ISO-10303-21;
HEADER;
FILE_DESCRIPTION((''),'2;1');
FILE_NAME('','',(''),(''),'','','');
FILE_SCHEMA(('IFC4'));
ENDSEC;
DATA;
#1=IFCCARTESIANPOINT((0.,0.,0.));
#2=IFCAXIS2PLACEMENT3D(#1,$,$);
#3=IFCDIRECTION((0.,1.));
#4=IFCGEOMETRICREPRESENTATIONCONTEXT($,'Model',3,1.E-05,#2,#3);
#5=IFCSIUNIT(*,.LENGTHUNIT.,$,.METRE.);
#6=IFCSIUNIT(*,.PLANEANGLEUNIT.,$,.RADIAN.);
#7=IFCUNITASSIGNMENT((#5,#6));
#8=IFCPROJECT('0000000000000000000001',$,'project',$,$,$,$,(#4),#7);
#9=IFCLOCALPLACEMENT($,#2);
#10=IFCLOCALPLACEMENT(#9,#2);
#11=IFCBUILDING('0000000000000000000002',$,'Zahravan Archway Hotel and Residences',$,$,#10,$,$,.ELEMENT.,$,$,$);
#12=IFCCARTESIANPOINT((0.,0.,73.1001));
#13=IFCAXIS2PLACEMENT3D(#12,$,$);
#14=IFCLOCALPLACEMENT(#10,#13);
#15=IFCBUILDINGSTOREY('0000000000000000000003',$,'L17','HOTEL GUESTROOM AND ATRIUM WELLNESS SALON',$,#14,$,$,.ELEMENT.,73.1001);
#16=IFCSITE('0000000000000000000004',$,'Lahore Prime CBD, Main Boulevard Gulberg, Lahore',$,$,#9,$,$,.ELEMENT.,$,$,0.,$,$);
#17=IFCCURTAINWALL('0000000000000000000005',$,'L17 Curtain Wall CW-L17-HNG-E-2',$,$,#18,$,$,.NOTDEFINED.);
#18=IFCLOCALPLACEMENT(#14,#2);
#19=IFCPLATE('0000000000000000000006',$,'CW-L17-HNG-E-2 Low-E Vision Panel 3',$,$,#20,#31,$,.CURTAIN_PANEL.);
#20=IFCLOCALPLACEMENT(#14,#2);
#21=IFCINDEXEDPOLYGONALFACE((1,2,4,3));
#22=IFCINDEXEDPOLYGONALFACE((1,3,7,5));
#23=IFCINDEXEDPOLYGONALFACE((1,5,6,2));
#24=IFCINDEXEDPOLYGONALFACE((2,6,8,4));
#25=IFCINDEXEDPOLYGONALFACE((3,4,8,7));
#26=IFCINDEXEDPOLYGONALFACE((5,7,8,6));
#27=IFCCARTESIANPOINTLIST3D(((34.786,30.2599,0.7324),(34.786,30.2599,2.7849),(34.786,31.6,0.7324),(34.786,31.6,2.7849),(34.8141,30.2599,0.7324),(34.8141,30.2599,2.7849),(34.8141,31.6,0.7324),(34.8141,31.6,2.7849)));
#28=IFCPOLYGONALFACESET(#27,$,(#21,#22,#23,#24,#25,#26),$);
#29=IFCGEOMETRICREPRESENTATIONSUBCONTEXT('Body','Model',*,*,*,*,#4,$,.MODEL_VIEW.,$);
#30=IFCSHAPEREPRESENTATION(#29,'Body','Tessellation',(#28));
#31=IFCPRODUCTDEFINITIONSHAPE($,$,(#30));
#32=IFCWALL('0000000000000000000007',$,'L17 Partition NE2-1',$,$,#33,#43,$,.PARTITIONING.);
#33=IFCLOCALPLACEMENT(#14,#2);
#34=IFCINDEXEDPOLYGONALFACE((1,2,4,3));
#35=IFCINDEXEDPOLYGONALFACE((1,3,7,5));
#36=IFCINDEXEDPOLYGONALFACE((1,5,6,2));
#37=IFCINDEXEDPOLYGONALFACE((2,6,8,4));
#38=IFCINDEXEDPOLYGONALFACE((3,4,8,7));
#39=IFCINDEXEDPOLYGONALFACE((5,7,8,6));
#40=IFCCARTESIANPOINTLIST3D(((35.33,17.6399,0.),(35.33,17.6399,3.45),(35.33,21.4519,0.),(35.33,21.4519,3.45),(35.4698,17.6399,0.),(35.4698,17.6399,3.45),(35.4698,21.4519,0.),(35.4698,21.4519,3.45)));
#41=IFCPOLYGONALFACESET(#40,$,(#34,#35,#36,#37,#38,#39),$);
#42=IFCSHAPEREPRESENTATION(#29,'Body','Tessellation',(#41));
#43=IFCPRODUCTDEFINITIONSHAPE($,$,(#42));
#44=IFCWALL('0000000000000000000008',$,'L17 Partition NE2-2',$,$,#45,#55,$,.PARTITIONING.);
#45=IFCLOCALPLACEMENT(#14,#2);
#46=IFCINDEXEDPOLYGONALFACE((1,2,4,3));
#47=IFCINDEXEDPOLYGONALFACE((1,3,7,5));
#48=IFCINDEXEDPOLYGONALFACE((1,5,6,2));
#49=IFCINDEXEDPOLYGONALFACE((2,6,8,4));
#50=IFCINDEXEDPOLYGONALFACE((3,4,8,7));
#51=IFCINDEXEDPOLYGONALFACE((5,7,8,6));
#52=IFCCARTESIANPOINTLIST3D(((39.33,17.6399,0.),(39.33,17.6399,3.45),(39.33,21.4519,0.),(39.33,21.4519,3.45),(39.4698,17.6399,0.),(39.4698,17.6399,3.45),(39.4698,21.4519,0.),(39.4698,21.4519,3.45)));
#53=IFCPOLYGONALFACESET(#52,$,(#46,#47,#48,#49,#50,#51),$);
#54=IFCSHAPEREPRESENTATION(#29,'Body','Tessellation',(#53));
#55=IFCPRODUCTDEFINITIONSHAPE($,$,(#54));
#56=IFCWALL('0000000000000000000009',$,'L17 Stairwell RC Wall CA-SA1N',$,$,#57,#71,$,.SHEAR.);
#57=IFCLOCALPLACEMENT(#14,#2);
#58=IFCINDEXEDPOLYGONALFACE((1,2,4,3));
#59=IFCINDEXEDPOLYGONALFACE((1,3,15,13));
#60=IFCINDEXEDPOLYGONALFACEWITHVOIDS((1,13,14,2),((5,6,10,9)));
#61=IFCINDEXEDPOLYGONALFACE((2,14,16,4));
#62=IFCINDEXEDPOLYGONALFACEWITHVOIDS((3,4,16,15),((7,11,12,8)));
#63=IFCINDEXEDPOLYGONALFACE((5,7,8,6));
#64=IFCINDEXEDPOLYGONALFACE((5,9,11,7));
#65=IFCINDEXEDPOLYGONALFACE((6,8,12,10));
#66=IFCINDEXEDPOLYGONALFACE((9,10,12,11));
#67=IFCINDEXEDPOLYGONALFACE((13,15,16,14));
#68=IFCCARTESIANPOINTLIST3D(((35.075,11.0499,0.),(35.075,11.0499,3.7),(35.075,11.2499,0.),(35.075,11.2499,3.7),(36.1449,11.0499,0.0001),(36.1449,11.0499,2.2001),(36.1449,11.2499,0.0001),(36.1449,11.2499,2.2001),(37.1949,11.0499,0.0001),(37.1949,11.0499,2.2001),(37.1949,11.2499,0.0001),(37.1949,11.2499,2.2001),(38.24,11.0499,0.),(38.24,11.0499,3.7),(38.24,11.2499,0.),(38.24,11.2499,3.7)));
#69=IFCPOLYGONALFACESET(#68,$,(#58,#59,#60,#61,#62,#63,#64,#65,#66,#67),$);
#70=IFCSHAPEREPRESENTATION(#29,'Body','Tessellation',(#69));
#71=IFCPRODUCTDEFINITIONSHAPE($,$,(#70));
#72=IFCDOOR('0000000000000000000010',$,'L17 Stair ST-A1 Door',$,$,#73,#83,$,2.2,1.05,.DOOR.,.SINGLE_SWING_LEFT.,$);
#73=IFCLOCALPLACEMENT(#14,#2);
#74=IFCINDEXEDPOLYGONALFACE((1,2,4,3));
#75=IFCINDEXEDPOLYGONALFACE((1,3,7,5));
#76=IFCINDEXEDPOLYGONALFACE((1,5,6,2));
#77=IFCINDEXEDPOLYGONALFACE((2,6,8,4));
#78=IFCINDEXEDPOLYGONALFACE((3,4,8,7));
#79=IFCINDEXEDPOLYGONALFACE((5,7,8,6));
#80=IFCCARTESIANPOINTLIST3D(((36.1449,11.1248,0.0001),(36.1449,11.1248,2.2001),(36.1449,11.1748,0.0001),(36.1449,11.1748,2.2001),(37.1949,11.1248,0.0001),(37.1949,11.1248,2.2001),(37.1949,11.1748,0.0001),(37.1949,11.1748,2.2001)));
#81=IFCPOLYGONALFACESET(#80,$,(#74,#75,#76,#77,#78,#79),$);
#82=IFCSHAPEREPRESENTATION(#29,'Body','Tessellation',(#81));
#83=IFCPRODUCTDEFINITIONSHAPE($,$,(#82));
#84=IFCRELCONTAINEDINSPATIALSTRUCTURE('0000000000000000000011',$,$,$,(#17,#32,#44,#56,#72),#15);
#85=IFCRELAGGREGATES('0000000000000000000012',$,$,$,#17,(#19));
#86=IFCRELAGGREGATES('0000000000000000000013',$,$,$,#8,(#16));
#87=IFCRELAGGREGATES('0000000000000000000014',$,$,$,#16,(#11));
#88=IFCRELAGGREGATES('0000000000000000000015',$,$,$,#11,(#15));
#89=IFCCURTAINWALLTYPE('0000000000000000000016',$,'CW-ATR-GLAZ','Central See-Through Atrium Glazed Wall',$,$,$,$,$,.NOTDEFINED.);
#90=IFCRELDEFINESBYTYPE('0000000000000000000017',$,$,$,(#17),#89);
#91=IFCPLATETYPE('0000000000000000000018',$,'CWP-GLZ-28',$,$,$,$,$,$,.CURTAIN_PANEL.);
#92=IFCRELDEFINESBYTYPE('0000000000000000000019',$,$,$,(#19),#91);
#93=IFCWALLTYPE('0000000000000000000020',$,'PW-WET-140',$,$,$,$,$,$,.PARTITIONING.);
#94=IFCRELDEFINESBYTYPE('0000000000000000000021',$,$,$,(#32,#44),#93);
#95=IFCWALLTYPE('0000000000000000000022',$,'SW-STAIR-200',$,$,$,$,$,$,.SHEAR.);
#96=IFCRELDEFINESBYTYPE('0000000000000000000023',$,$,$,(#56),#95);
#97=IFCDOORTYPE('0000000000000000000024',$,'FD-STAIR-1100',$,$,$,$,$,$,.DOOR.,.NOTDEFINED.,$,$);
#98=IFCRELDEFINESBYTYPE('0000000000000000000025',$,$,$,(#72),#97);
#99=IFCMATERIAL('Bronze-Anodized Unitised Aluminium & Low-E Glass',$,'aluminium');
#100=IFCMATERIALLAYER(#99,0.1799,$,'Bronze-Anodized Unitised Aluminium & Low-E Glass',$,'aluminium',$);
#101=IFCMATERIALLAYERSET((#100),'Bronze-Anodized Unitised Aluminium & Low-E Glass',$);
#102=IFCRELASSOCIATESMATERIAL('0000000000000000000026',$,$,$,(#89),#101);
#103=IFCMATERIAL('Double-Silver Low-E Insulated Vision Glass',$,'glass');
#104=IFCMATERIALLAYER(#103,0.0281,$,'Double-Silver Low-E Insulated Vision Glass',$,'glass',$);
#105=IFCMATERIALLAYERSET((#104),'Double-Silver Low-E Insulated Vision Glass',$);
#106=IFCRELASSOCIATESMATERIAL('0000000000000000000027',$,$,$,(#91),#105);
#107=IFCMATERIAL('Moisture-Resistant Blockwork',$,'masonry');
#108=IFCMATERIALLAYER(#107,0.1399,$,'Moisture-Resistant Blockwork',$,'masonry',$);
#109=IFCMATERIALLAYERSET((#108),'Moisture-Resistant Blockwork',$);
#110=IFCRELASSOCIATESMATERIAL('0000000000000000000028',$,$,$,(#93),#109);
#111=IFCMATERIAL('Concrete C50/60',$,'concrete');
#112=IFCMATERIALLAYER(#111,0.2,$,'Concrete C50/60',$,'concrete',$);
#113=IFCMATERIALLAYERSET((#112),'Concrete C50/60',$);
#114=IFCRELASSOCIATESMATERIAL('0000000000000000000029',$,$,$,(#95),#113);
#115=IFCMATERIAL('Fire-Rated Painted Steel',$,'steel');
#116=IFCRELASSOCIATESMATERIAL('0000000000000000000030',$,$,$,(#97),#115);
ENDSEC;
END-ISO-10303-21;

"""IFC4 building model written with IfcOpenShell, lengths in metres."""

from ifc_helpers import new_model, si_unit, direction, frame, frame_2d, origin, origin_2d, place, context, subcontext, project, spatial, rectangle, extrude, source, transform, mapped, material, layer, layer_set, type_object, type_shapes, element, fill, aggregate, save


model = new_model("IFC4")

# Units and contexts
model_context = context("Model", 3, precision=1e-05, world=origin(), true_north=direction((0.0, 1.0)))
body_context = subcontext(model_context, "Body", "Model", "MODEL_VIEW")
ifc_project = project(units=[si_unit("LENGTHUNIT", "METRE"), si_unit("PLANEANGLEUNIT", "RADIAN")], contexts=[model_context])

# Site, building, storey
site_placement = place(None, origin())
site = spatial("IfcSite", under=ifc_project, at=site_placement, Name="Lahore Prime CBD, Main Boulevard Gulberg, Lahore", CompositionType="ELEMENT", RefElevation=0.0)
building_placement = place(site_placement, origin())
building = spatial("IfcBuilding", under=site, at=building_placement, Name="Zahravan Archway Hotel and Residences", CompositionType="ELEMENT")
storey_placement = place(building_placement, frame((0.0, 0.0, 73.1001)))
storey = spatial("IfcBuildingStorey", under=building, at=storey_placement, Name="L17", Description="HOTEL GUESTROOM AND ATRIUM WELLNESS SALON", CompositionType="ELEMENT", Elevation=73.1001)

# Curtain wall, plate
ifc_material_1 = material(Name="Bronze-Anodized Unitised Aluminium & Low-E Glass", Category="aluminium")
ifc_layer_1 = layer(ifc_material_1, 0.1799, Name="Bronze-Anodized Unitised Aluminium & Low-E Glass", Category="aluminium")
ifc_layer_set_1 = layer_set([ifc_layer_1], Name="Bronze-Anodized Unitised Aluminium & Low-E Glass")
curtain_wall_type = type_object("IfcCurtainWallType", Name="CW-ATR-GLAZ", Description="Central See-Through Atrium Glazed Wall", PredefinedType="NOTDEFINED", material=ifc_layer_set_1)
curtain_wall_placement = place(storey_placement, origin())
curtain_wall = element("IfcCurtainWall", 1, at=curtain_wall_placement, inside=storey, type_object=curtain_wall_type, Name="L17 Curtain Wall CW-L17-HNG-E-2", PredefinedType="NOTDEFINED")
ifc_material_2 = material(Name="Double-Silver Low-E Insulated Vision Glass", Category="glass")
ifc_layer_2 = layer(ifc_material_2, 0.0281, Name="Double-Silver Low-E Insulated Vision Glass", Category="glass")
ifc_layer_set_2 = layer_set([ifc_layer_2], Name="Double-Silver Low-E Insulated Vision Glass")
plate_type_1 = type_object("IfcPlateType", Name="CWP-GLZ-28", PredefinedType="CURTAIN_PANEL", material=ifc_layer_set_2)
shared_shape_1 = source(origin(), body_context, "Body", "SweptSolid", [
    extrude(rectangle(XDim=1.3401, YDim=0.0281, at=origin_2d()), origin(), (0.0, 0.0, 1.0), 2.0525),
])
plate_1_placement = place(storey_placement, frame((34.8, 30.9299, 0.7324), z_axis=(0.0, 0.0, 1.0), x_axis=(0.0, 1.0, 0.0)))
plate_1 = element("IfcPlate", 2, at=plate_1_placement, type_object=plate_type_1, Name="CW-L17-HNG-E-2 Low-E Vision Panel 3", PredefinedType="CURTAIN_PANEL", context=body_context, shape_type="MappedRepresentation", body=[
    mapped(shared_shape_1, transform((0.0, 0.0, 0.0), scale=1.0)),
])
aggregate(curtain_wall, [plate_1])

# Shared definitions
ifc_material_3 = material(Name="Fire-Rated Painted Steel", Category="steel")

# Walls
ifc_material_4 = material(Name="Moisture-Resistant Blockwork", Category="masonry")
ifc_layer_3 = layer(ifc_material_4, 0.1399, Name="Moisture-Resistant Blockwork", Category="masonry")
ifc_layer_set_3 = layer_set([ifc_layer_3], Name="Moisture-Resistant Blockwork")
wall_type_1 = type_object("IfcWallType", Name="PW-WET-140", PredefinedType="PARTITIONING", material=ifc_layer_set_3)
for number, where, z_axis, x_axis, name in (
    (3, (35.3999, 17.6399, 0.0), (0.0, 0.0, 1.0), (0.0, 1.0, 0.0), "L17 Partition NE2-1"),
    (4, (39.3999, 17.6399, 0.0), (0.0, 0.0, 1.0), (0.0, 1.0, 0.0), "L17 Partition NE2-2"),
):
    element("IfcWall", number, at=place(storey_placement, frame(where, z_axis=z_axis, x_axis=x_axis)), inside=storey, type_object=wall_type_1, Name=name, PredefinedType="PARTITIONING", context=body_context, shape_type="SweptSolid", body=[
        extrude(rectangle(XDim=3.812, YDim=0.1399, at=frame_2d((1.906, 0.0))), origin(), (0.0, 0.0, 1.0), 3.45),
    ])

# Wall, opening, door
ifc_material_5 = material(Name="Concrete C50/60", Category="concrete")
ifc_layer_4 = layer(ifc_material_5, 0.2, Name="Concrete C50/60", Category="concrete")
ifc_layer_set_4 = layer_set([ifc_layer_4], Name="Concrete C50/60")
wall_type_2 = type_object("IfcWallType", Name="SW-STAIR-200", PredefinedType="SHEAR", material=ifc_layer_set_4)
wall_1_placement = place(storey_placement, frame((35.075, 11.1499, 0.0), z_axis=(0.0, 0.0, 1.0), x_axis=(1.0, 0.0, 0.0)))
wall_1 = element("IfcWall", 5, at=wall_1_placement, inside=storey, type_object=wall_type_2, Name="L17 Stairwell RC Wall CA-SA1N", PredefinedType="SHEAR", context=body_context, shape_type="SweptSolid", body=[
    extrude(rectangle(XDim=3.165, YDim=0.2, at=frame_2d((1.5825, 0.0))), origin(), (0.0, 0.0, 1.0), 3.7),
])
opening_1_placement = place(wall_1_placement, frame((1.0701, 0.0, 0.0)))
opening_1 = element("IfcOpeningElement", 6, at=opening_1_placement, cuts=wall_1, PredefinedType="OPENING", context=body_context, shape_type="SweptSolid", body=[
    extrude(rectangle(XDim=1.05, YDim=2.2, at=frame_2d((0.5249, 1.1001))), frame((0.0, 0.1099, 0.0), z_axis=(0.0, -1.0, 0.0), x_axis=(1.0, 0.0, 0.0)), (0.0, 0.0, 1.0), 0.22),
])
door_type_1 = type_object("IfcDoorType", Name="FD-STAIR-1100", OperationType="NOTDEFINED", PredefinedType="DOOR", material=ifc_material_3)
shared_shape_2 = source(origin(), body_context, "Body", "SweptSolid", [
    extrude(rectangle(XDim=1.05, YDim=2.2, at=frame_2d((0.5249, 1.1001))), frame((0.0, 0.0249, 0.0), z_axis=(0.0, -1.0, 0.0), x_axis=(1.0, 0.0, 0.0)), (0.0, 0.0, 1.0), 0.05),
])
type_shapes(door_type_1, [shared_shape_2])
door_1_placement = place(opening_1_placement, origin())
door_1 = element("IfcDoor", 7, at=door_1_placement, inside=storey, type_object=door_type_1, Name="L17 Stair ST-A1 Door", OperationType="SINGLE_SWING_LEFT", OverallHeight=2.2, OverallWidth=1.05, PredefinedType="DOOR", context=body_context, shape_type="MappedRepresentation", body=[
    mapped(shared_shape_2, transform((0.0, 0.0, 0.0), scale=1.0)),
])
fill(opening_1, door_1)

save(model, "model.ifc")
